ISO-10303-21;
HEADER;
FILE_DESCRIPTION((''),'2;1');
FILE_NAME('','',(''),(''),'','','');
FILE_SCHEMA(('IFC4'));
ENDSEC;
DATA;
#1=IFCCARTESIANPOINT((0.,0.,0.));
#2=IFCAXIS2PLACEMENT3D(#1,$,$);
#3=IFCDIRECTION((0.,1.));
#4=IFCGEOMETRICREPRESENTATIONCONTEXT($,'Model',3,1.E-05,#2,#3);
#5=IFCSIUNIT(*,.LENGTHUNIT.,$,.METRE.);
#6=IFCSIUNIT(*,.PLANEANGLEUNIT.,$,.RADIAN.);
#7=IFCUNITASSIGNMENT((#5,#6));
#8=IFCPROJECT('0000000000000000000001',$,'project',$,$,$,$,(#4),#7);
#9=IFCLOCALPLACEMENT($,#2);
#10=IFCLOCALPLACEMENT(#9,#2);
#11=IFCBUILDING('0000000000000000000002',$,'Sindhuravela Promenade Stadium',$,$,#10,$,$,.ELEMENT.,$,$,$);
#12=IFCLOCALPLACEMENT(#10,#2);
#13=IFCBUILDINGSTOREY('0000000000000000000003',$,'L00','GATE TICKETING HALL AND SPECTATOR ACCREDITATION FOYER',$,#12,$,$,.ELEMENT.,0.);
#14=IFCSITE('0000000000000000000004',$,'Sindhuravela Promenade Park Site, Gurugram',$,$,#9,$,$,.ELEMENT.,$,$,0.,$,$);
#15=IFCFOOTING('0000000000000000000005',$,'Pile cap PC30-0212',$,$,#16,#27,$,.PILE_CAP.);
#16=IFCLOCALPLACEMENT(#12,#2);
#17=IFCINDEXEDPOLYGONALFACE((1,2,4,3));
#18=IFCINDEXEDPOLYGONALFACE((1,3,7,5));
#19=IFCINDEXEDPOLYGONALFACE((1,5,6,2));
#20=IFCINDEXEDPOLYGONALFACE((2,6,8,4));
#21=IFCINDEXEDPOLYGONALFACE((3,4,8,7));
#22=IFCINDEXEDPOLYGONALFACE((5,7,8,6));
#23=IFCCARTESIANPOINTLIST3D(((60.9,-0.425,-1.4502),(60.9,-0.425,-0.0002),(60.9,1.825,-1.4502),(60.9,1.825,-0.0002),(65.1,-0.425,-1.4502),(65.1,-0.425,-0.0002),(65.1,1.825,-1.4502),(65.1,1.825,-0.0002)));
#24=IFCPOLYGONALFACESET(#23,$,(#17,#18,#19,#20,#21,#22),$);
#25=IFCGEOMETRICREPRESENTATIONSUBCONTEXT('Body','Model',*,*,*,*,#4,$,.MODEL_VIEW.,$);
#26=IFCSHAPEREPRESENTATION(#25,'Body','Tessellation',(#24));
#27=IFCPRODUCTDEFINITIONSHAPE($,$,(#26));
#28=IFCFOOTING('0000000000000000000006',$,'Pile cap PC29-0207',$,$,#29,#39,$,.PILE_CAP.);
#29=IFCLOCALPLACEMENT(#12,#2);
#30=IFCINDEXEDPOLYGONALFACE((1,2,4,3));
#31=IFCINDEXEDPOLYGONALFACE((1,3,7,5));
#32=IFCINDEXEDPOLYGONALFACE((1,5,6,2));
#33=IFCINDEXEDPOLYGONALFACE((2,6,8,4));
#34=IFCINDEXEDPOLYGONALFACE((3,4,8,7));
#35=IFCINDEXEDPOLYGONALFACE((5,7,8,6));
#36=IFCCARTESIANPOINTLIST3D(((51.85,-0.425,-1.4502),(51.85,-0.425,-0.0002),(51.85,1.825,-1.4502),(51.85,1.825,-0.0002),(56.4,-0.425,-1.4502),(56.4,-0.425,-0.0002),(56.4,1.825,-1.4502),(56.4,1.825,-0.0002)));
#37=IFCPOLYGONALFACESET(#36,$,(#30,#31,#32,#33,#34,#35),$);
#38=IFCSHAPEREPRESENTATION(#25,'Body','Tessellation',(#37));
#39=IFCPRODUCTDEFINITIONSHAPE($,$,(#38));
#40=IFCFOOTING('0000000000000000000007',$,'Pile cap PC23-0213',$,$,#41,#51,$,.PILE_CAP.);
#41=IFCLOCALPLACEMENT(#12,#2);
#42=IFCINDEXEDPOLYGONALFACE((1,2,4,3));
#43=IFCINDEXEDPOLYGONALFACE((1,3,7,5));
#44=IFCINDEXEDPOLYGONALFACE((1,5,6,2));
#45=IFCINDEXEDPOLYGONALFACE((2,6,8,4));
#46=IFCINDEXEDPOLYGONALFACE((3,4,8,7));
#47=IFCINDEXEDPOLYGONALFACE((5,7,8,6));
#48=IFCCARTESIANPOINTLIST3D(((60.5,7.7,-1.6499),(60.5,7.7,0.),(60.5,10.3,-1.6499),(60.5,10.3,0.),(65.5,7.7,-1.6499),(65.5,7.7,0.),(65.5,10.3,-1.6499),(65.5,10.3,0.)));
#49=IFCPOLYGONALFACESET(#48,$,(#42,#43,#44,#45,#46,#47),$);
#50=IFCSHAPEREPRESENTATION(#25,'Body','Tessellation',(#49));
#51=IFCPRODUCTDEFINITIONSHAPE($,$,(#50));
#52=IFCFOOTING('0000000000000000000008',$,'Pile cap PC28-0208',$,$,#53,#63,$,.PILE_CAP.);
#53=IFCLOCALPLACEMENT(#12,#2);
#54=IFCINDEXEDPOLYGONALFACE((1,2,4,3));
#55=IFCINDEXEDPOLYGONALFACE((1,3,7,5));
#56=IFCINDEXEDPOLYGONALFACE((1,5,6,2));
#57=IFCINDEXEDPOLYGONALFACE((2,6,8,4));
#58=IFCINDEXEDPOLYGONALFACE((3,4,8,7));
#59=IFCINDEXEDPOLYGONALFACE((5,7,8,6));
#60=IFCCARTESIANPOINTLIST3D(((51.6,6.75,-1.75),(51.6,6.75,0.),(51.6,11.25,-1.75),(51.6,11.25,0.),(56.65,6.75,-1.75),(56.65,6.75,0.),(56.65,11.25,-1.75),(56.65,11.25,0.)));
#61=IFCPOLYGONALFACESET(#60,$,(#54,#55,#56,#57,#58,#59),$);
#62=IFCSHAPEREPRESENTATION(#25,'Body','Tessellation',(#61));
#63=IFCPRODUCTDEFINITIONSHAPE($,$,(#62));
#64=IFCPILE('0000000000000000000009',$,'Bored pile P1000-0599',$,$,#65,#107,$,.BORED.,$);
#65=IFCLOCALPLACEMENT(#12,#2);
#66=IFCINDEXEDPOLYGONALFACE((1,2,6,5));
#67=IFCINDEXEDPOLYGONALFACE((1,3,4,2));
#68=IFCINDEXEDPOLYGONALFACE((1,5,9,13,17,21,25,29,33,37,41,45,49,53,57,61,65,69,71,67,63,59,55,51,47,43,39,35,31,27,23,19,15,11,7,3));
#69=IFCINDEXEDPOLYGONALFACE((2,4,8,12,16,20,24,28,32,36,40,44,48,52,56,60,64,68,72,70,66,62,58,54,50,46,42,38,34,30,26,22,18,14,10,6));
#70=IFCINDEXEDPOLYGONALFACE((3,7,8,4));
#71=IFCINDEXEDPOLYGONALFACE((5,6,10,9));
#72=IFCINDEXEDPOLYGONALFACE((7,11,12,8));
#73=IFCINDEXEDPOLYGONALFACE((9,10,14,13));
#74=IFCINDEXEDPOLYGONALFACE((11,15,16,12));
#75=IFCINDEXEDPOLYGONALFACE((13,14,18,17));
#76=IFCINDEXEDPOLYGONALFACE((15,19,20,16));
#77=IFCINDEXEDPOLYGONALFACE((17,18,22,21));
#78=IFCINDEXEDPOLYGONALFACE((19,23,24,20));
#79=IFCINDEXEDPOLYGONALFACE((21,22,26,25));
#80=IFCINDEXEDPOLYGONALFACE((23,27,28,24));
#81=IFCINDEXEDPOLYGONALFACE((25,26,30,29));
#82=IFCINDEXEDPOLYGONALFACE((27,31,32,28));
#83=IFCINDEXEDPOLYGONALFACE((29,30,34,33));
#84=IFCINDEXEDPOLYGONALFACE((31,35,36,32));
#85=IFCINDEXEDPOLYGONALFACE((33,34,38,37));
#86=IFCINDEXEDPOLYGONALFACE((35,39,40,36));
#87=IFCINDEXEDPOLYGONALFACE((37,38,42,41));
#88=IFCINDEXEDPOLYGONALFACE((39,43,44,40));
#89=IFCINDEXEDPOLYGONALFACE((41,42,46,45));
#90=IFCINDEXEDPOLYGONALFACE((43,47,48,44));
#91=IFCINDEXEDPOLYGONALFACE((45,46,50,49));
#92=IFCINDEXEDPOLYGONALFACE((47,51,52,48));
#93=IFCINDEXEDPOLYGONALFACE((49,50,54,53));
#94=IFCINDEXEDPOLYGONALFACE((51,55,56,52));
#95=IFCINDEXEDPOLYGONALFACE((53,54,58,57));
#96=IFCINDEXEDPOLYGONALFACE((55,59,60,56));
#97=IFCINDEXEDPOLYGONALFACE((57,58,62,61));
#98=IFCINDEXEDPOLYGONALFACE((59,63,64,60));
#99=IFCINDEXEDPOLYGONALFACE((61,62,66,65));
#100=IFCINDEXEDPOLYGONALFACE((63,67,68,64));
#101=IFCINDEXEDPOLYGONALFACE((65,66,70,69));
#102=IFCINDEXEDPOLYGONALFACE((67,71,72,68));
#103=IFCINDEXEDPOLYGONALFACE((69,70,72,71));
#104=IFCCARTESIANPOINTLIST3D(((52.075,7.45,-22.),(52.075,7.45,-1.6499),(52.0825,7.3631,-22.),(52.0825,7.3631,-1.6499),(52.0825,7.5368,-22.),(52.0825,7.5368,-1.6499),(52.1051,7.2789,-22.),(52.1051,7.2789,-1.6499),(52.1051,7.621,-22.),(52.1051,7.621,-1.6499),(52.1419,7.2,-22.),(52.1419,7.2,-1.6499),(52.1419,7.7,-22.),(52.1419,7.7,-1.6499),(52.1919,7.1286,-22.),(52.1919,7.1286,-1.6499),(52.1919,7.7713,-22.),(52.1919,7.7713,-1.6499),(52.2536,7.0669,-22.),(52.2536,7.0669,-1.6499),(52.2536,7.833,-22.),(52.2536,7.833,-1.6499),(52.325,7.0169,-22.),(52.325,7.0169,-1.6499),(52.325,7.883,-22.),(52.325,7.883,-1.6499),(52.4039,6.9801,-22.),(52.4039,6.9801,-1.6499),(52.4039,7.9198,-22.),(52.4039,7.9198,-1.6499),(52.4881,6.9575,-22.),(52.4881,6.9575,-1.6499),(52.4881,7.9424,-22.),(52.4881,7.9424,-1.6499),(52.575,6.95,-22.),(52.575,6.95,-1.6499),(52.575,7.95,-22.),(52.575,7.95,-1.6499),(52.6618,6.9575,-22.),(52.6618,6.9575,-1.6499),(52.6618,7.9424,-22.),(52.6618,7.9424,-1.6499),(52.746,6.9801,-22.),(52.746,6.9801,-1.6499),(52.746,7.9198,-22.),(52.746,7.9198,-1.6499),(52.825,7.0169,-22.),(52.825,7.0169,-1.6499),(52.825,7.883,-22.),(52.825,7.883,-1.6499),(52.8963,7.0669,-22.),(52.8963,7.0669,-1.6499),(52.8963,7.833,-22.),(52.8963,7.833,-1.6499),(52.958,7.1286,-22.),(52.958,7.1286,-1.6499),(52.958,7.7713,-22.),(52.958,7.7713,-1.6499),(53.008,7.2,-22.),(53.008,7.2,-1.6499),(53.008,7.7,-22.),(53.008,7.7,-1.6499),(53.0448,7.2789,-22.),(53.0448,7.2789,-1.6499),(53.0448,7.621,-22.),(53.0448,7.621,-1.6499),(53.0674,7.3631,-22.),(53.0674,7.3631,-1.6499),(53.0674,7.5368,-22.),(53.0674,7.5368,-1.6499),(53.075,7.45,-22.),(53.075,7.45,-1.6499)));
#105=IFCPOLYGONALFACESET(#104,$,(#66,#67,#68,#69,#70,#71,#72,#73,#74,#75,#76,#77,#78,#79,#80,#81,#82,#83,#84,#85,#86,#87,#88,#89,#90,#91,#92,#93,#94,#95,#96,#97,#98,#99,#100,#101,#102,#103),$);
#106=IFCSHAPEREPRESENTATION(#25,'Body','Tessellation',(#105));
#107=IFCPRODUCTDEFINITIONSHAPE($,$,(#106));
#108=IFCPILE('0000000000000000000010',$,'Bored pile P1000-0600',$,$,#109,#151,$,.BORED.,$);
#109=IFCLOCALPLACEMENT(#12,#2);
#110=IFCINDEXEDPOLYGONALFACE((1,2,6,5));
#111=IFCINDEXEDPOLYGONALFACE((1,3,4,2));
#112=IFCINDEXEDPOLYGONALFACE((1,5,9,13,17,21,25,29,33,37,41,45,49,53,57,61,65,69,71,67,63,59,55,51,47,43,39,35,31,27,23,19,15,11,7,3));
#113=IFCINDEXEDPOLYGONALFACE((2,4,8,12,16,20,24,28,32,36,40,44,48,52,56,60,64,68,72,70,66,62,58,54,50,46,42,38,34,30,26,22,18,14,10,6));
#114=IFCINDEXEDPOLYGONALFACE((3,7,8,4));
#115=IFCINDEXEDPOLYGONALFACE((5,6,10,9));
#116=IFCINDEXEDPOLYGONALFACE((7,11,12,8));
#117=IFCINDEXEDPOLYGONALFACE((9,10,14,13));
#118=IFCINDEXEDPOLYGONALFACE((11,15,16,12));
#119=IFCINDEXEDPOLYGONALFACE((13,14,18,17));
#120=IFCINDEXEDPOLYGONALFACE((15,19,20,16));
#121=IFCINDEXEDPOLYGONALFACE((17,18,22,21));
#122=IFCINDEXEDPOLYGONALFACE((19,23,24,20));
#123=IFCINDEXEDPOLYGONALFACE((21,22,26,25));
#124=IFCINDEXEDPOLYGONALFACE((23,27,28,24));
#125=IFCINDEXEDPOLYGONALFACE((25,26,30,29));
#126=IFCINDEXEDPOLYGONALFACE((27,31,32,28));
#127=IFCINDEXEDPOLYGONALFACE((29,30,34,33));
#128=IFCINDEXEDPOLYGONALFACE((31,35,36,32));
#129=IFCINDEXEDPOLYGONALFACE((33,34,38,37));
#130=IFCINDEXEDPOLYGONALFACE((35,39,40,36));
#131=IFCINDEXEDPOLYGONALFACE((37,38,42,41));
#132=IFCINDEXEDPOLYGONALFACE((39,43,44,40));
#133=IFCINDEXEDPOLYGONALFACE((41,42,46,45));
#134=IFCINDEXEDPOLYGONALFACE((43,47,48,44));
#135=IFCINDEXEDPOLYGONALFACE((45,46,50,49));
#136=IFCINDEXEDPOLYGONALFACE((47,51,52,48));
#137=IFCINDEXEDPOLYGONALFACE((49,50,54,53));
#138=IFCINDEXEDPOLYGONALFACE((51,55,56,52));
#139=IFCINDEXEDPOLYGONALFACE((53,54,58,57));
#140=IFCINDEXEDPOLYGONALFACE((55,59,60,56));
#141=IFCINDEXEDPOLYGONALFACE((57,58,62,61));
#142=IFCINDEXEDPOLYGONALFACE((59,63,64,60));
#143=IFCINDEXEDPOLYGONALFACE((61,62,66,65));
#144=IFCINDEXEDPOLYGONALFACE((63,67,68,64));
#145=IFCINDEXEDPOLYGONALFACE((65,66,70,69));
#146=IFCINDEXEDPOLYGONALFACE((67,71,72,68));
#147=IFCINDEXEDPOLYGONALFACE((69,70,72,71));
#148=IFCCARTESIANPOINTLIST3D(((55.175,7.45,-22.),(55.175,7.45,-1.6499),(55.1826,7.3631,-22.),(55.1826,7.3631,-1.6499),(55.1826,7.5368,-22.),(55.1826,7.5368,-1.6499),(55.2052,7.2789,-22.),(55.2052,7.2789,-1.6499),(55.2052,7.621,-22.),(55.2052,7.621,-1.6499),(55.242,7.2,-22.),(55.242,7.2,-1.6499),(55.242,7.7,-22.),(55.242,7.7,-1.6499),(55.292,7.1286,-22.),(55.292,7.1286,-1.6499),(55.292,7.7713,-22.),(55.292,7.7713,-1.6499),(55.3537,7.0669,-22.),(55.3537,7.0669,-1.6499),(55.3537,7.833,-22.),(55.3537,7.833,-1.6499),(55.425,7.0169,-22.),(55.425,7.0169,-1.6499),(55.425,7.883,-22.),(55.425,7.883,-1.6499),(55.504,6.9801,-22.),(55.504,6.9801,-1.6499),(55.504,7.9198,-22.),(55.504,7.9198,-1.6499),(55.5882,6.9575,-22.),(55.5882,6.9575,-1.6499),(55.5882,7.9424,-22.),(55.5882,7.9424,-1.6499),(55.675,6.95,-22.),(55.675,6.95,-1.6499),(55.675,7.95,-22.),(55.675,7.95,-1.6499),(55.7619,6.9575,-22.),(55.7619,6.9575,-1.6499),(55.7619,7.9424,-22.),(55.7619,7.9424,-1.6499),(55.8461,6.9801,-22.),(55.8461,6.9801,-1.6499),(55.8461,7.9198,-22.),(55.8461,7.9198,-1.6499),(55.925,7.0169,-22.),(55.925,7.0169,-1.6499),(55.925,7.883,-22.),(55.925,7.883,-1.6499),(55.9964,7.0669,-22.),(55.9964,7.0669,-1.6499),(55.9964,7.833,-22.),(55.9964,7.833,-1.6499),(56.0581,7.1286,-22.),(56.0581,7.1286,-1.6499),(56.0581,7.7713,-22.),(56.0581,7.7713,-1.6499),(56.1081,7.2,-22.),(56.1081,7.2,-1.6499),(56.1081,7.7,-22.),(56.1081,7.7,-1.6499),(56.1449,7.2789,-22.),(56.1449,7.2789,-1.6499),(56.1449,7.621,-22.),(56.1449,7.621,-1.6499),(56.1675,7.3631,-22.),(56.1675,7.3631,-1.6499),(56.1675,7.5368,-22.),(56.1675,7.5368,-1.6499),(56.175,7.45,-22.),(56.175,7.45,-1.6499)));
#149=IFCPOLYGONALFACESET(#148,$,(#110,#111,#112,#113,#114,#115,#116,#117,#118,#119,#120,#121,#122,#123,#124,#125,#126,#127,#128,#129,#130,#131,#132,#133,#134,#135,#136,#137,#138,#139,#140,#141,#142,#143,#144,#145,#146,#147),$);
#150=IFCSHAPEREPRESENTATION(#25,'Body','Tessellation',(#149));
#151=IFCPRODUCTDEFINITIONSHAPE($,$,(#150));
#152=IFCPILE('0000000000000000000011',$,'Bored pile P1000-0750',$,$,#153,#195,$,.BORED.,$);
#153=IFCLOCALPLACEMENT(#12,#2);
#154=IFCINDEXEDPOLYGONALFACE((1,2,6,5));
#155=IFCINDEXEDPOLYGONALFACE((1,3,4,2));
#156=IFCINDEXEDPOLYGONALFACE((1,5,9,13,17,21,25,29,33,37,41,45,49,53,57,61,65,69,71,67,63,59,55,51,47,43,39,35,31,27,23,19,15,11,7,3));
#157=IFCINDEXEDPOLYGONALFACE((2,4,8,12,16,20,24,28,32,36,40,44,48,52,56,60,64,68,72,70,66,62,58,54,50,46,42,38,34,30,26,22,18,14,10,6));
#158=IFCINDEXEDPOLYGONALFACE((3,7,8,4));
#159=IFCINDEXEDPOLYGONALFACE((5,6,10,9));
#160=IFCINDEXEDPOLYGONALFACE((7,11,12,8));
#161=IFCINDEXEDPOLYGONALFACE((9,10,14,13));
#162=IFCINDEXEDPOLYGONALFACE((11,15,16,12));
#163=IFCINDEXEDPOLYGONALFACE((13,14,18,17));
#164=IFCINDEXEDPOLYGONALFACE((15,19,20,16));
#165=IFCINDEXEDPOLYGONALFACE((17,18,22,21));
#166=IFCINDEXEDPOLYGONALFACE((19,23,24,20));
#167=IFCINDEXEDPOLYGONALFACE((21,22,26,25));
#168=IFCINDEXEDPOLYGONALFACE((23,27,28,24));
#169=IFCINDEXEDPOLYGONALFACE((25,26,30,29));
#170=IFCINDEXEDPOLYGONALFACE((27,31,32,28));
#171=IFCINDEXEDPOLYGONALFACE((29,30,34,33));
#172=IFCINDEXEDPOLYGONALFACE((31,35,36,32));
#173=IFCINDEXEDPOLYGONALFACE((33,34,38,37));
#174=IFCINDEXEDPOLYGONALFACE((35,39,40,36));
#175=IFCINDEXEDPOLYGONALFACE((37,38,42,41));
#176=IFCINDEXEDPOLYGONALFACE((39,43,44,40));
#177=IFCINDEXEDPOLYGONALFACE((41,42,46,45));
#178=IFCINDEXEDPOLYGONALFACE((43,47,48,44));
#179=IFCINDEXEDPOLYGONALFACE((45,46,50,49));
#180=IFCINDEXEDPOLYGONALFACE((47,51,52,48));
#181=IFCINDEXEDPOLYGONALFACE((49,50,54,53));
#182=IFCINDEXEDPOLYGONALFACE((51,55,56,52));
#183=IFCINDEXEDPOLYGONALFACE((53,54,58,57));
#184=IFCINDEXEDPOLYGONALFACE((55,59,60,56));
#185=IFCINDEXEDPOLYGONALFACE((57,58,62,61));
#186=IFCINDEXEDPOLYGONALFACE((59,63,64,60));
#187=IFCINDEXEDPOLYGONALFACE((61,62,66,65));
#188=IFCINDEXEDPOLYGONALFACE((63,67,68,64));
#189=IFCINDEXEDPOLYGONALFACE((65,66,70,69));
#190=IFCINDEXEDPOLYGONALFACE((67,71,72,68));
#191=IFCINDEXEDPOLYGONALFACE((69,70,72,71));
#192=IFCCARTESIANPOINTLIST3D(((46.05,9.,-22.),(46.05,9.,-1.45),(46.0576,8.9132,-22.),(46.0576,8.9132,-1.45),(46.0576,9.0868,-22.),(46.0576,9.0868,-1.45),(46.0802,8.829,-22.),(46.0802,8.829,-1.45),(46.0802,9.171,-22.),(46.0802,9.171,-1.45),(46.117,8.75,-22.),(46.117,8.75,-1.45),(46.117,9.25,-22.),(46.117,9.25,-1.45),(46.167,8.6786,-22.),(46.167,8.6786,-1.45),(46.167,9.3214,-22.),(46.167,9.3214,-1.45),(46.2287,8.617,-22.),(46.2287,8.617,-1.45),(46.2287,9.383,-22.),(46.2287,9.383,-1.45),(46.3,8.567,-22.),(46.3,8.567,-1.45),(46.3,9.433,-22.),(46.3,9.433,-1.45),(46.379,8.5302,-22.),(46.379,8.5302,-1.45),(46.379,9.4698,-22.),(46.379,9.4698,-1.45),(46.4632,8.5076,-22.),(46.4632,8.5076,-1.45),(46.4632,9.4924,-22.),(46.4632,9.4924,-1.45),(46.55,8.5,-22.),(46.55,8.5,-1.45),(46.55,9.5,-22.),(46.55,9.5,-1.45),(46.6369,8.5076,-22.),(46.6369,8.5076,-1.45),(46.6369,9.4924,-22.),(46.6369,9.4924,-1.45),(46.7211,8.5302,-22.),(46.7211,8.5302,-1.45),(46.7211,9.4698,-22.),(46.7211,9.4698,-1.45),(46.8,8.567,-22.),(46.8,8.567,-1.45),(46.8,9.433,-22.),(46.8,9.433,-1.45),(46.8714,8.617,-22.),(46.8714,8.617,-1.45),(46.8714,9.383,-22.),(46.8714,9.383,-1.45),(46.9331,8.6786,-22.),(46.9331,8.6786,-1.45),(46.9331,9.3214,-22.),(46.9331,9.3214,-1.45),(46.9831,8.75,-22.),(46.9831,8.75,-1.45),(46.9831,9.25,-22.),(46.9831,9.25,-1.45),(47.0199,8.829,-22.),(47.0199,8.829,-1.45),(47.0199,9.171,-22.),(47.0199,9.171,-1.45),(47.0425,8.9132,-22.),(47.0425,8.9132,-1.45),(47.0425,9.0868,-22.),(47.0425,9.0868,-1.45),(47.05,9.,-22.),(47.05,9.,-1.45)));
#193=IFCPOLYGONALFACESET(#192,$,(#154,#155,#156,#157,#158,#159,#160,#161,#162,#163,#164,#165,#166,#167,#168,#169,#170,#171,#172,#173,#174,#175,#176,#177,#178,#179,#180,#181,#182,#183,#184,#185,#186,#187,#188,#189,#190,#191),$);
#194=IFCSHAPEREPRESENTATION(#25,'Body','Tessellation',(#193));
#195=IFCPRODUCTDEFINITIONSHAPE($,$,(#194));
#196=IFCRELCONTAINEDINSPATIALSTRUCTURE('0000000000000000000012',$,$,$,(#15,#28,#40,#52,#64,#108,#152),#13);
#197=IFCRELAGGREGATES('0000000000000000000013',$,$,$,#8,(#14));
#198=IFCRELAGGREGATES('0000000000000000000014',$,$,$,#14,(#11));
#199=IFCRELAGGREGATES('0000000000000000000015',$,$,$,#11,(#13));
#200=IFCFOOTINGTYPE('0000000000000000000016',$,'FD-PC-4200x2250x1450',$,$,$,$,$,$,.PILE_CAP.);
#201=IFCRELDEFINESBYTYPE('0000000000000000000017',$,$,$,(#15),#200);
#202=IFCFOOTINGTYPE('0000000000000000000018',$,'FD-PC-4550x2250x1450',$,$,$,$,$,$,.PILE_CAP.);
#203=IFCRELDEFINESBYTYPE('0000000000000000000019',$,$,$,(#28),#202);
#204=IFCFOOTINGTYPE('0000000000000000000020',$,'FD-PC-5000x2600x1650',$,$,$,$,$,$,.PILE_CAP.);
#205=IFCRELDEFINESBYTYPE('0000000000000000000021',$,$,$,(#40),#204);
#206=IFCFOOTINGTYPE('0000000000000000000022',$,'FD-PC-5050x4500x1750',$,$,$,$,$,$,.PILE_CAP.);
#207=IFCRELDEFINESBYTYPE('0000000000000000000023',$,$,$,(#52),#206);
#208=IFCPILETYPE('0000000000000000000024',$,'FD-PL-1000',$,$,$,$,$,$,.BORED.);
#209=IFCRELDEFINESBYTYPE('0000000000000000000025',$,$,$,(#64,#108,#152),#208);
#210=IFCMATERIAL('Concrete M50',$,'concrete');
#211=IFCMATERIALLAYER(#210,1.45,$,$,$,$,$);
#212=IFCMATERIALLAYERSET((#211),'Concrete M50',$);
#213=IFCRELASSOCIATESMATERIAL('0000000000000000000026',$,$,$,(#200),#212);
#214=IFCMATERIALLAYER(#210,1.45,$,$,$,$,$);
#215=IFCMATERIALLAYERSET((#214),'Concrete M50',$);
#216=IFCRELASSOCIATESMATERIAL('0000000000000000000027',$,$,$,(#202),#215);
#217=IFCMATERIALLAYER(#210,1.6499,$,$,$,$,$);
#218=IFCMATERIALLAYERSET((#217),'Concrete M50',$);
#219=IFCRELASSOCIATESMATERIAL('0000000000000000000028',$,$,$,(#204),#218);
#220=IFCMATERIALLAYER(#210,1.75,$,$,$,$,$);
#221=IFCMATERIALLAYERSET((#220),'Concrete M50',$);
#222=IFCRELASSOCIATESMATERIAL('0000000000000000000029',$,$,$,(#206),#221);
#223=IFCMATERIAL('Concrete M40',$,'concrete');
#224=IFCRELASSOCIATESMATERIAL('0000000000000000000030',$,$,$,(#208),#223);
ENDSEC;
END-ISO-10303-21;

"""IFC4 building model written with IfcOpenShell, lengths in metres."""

from ifc_helpers import new_model, si_unit, direction, frame, origin, origin_2d, place, context, subcontext, project, spatial, rectangle, circle, extrude, material, layer, layer_set, material_profile, profile_set, type_object, element, save


model = new_model("IFC4")

# Units and contexts
model_context = context("Model", 3, precision=1e-05, world=origin(), true_north=direction((0.0, 1.0)))
body_context = subcontext(model_context, "Body", "Model", "MODEL_VIEW")
ifc_project = project(units=[si_unit("LENGTHUNIT", "METRE"), si_unit("PLANEANGLEUNIT", "RADIAN")], contexts=[model_context])

# Site, building, storey
site_placement = place(None, origin())
site = spatial("IfcSite", under=ifc_project, at=site_placement, Name="Sindhuravela Promenade Park Site, Gurugram", CompositionType="ELEMENT", RefElevation=0.0)
building_placement = place(site_placement, origin())
building = spatial("IfcBuilding", under=site, at=building_placement, Name="Sindhuravela Promenade Stadium", CompositionType="ELEMENT")
storey_placement = place(building_placement, origin())
storey = spatial("IfcBuildingStorey", under=building, at=storey_placement, Name="L00", Description="GATE TICKETING HALL AND SPECTATOR ACCREDITATION FOYER", CompositionType="ELEMENT", Elevation=0.0)

# Footings
ifc_material_1 = material(Name="Concrete M50", Category="concrete")
ifc_layer_1 = layer(ifc_material_1, 1.45)
ifc_layer_set_1 = layer_set([ifc_layer_1], Name="Concrete M50")
footing_type_1 = type_object("IfcFootingType", Name="FD-PC-4200x2250x1450", PredefinedType="PILE_CAP", material=ifc_layer_set_1)
footing_1_placement = place(storey_placement, frame((63.0, 0.7, -1.4502), z_axis=(0.0, 0.0, 1.0), x_axis=(1.0, 0.0, 0.0)))
element("IfcFooting", 1, at=footing_1_placement, inside=storey, type_object=footing_type_1, Name="Pile cap PC30-0212", PredefinedType="PILE_CAP", context=body_context, shape_type="SweptSolid", body=[
    extrude(rectangle(XDim=4.2, YDim=2.25, at=origin_2d()), origin(), (0.0, 0.0, 1.0), 1.45),
])
ifc_layer_2 = layer(ifc_material_1, 1.45)
ifc_layer_set_2 = layer_set([ifc_layer_2], Name="Concrete M50")
footing_type_2 = type_object("IfcFootingType", Name="FD-PC-4550x2250x1450", PredefinedType="PILE_CAP", material=ifc_layer_set_2)
footing_2_placement = place(storey_placement, frame((54.125, 0.7, -1.4502), z_axis=(0.0, 0.0, 1.0), x_axis=(1.0, 0.0, 0.0)))
element("IfcFooting", 2, at=footing_2_placement, inside=storey, type_object=footing_type_2, Name="Pile cap PC29-0207", PredefinedType="PILE_CAP", context=body_context, shape_type="SweptSolid", body=[
    extrude(rectangle(XDim=4.55, YDim=2.25, at=origin_2d()), origin(), (0.0, 0.0, 1.0), 1.45),
])
ifc_layer_3 = layer(ifc_material_1, 1.6499)
ifc_layer_set_3 = layer_set([ifc_layer_3], Name="Concrete M50")
footing_type_3 = type_object("IfcFootingType", Name="FD-PC-5000x2600x1650", PredefinedType="PILE_CAP", material=ifc_layer_set_3)
footing_3_placement = place(storey_placement, frame((63.0, 9.0, -1.6499), z_axis=(0.0, 0.0, 1.0), x_axis=(1.0, 0.0, 0.0)))
element("IfcFooting", 3, at=footing_3_placement, inside=storey, type_object=footing_type_3, Name="Pile cap PC23-0213", PredefinedType="PILE_CAP", context=body_context, shape_type="SweptSolid", body=[
    extrude(rectangle(XDim=5.0, YDim=2.6001, at=origin_2d()), origin(), (0.0, 0.0, 1.0), 1.6499),
])
ifc_layer_4 = layer(ifc_material_1, 1.75)
ifc_layer_set_4 = layer_set([ifc_layer_4], Name="Concrete M50")
footing_type_4 = type_object("IfcFootingType", Name="FD-PC-5050x4500x1750", PredefinedType="PILE_CAP", material=ifc_layer_set_4)
footing_4_placement = place(storey_placement, frame((54.125, 9.0, -1.75), z_axis=(0.0, 0.0, 1.0), x_axis=(1.0, 0.0, 0.0)))
element("IfcFooting", 4, at=footing_4_placement, inside=storey, type_object=footing_type_4, Name="Pile cap PC28-0208", PredefinedType="PILE_CAP", context=body_context, shape_type="SweptSolid", body=[
    extrude(rectangle(XDim=5.05, YDim=4.5, at=origin_2d()), origin(), (0.0, 0.0, 1.0), 1.75),
])

# Piles
ifc_material_2 = material(Name="Concrete M40", Category="concrete")
ifc_material_profile_1 = material_profile(ifc_material_2, circle(Radius=0.5, at=origin_2d()), Name="BORED PILE D1000")
ifc_profile_set_1 = profile_set([ifc_material_profile_1], Name="Concrete M40")
pile_type_1 = type_object("IfcPileType", Name="FD-PL-1000", PredefinedType="BORED", material=ifc_profile_set_1)
for number, where, z_axis, x_axis, name in (
    (5, (52.575, 7.45, -1.6499), (0.0, 0.0, -1.0), (1.0, 0.0, 0.0), "Bored pile P1000-0599"),
    (6, (55.675, 7.45, -1.6499), (0.0, 0.0, -1.0), (1.0, 0.0, 0.0), "Bored pile P1000-0600"),
):
    element("IfcPile", number, at=place(storey_placement, frame(where, z_axis=z_axis, x_axis=x_axis)), inside=storey, type_object=pile_type_1, Name=name, PredefinedType="BORED", context=body_context, shape_type="SweptSolid", body=[
        extrude(circle(Radius=0.5, at=origin_2d()), origin(), (0.0, 0.0, 1.0), 20.3501),
    ])
pile_1_placement = place(storey_placement, frame((46.55, 9.0, -1.45), z_axis=(0.0, 0.0, -1.0), x_axis=(1.0, 0.0, 0.0)))
element("IfcPile", 7, at=pile_1_placement, inside=storey, type_object=pile_type_1, Name="Bored pile P1000-0750", PredefinedType="BORED", context=body_context, shape_type="SweptSolid", body=[
    extrude(circle(Radius=0.5, at=origin_2d()), origin(), (0.0, 0.0, 1.0), 20.55),
])

save(model, "model.ifc")
